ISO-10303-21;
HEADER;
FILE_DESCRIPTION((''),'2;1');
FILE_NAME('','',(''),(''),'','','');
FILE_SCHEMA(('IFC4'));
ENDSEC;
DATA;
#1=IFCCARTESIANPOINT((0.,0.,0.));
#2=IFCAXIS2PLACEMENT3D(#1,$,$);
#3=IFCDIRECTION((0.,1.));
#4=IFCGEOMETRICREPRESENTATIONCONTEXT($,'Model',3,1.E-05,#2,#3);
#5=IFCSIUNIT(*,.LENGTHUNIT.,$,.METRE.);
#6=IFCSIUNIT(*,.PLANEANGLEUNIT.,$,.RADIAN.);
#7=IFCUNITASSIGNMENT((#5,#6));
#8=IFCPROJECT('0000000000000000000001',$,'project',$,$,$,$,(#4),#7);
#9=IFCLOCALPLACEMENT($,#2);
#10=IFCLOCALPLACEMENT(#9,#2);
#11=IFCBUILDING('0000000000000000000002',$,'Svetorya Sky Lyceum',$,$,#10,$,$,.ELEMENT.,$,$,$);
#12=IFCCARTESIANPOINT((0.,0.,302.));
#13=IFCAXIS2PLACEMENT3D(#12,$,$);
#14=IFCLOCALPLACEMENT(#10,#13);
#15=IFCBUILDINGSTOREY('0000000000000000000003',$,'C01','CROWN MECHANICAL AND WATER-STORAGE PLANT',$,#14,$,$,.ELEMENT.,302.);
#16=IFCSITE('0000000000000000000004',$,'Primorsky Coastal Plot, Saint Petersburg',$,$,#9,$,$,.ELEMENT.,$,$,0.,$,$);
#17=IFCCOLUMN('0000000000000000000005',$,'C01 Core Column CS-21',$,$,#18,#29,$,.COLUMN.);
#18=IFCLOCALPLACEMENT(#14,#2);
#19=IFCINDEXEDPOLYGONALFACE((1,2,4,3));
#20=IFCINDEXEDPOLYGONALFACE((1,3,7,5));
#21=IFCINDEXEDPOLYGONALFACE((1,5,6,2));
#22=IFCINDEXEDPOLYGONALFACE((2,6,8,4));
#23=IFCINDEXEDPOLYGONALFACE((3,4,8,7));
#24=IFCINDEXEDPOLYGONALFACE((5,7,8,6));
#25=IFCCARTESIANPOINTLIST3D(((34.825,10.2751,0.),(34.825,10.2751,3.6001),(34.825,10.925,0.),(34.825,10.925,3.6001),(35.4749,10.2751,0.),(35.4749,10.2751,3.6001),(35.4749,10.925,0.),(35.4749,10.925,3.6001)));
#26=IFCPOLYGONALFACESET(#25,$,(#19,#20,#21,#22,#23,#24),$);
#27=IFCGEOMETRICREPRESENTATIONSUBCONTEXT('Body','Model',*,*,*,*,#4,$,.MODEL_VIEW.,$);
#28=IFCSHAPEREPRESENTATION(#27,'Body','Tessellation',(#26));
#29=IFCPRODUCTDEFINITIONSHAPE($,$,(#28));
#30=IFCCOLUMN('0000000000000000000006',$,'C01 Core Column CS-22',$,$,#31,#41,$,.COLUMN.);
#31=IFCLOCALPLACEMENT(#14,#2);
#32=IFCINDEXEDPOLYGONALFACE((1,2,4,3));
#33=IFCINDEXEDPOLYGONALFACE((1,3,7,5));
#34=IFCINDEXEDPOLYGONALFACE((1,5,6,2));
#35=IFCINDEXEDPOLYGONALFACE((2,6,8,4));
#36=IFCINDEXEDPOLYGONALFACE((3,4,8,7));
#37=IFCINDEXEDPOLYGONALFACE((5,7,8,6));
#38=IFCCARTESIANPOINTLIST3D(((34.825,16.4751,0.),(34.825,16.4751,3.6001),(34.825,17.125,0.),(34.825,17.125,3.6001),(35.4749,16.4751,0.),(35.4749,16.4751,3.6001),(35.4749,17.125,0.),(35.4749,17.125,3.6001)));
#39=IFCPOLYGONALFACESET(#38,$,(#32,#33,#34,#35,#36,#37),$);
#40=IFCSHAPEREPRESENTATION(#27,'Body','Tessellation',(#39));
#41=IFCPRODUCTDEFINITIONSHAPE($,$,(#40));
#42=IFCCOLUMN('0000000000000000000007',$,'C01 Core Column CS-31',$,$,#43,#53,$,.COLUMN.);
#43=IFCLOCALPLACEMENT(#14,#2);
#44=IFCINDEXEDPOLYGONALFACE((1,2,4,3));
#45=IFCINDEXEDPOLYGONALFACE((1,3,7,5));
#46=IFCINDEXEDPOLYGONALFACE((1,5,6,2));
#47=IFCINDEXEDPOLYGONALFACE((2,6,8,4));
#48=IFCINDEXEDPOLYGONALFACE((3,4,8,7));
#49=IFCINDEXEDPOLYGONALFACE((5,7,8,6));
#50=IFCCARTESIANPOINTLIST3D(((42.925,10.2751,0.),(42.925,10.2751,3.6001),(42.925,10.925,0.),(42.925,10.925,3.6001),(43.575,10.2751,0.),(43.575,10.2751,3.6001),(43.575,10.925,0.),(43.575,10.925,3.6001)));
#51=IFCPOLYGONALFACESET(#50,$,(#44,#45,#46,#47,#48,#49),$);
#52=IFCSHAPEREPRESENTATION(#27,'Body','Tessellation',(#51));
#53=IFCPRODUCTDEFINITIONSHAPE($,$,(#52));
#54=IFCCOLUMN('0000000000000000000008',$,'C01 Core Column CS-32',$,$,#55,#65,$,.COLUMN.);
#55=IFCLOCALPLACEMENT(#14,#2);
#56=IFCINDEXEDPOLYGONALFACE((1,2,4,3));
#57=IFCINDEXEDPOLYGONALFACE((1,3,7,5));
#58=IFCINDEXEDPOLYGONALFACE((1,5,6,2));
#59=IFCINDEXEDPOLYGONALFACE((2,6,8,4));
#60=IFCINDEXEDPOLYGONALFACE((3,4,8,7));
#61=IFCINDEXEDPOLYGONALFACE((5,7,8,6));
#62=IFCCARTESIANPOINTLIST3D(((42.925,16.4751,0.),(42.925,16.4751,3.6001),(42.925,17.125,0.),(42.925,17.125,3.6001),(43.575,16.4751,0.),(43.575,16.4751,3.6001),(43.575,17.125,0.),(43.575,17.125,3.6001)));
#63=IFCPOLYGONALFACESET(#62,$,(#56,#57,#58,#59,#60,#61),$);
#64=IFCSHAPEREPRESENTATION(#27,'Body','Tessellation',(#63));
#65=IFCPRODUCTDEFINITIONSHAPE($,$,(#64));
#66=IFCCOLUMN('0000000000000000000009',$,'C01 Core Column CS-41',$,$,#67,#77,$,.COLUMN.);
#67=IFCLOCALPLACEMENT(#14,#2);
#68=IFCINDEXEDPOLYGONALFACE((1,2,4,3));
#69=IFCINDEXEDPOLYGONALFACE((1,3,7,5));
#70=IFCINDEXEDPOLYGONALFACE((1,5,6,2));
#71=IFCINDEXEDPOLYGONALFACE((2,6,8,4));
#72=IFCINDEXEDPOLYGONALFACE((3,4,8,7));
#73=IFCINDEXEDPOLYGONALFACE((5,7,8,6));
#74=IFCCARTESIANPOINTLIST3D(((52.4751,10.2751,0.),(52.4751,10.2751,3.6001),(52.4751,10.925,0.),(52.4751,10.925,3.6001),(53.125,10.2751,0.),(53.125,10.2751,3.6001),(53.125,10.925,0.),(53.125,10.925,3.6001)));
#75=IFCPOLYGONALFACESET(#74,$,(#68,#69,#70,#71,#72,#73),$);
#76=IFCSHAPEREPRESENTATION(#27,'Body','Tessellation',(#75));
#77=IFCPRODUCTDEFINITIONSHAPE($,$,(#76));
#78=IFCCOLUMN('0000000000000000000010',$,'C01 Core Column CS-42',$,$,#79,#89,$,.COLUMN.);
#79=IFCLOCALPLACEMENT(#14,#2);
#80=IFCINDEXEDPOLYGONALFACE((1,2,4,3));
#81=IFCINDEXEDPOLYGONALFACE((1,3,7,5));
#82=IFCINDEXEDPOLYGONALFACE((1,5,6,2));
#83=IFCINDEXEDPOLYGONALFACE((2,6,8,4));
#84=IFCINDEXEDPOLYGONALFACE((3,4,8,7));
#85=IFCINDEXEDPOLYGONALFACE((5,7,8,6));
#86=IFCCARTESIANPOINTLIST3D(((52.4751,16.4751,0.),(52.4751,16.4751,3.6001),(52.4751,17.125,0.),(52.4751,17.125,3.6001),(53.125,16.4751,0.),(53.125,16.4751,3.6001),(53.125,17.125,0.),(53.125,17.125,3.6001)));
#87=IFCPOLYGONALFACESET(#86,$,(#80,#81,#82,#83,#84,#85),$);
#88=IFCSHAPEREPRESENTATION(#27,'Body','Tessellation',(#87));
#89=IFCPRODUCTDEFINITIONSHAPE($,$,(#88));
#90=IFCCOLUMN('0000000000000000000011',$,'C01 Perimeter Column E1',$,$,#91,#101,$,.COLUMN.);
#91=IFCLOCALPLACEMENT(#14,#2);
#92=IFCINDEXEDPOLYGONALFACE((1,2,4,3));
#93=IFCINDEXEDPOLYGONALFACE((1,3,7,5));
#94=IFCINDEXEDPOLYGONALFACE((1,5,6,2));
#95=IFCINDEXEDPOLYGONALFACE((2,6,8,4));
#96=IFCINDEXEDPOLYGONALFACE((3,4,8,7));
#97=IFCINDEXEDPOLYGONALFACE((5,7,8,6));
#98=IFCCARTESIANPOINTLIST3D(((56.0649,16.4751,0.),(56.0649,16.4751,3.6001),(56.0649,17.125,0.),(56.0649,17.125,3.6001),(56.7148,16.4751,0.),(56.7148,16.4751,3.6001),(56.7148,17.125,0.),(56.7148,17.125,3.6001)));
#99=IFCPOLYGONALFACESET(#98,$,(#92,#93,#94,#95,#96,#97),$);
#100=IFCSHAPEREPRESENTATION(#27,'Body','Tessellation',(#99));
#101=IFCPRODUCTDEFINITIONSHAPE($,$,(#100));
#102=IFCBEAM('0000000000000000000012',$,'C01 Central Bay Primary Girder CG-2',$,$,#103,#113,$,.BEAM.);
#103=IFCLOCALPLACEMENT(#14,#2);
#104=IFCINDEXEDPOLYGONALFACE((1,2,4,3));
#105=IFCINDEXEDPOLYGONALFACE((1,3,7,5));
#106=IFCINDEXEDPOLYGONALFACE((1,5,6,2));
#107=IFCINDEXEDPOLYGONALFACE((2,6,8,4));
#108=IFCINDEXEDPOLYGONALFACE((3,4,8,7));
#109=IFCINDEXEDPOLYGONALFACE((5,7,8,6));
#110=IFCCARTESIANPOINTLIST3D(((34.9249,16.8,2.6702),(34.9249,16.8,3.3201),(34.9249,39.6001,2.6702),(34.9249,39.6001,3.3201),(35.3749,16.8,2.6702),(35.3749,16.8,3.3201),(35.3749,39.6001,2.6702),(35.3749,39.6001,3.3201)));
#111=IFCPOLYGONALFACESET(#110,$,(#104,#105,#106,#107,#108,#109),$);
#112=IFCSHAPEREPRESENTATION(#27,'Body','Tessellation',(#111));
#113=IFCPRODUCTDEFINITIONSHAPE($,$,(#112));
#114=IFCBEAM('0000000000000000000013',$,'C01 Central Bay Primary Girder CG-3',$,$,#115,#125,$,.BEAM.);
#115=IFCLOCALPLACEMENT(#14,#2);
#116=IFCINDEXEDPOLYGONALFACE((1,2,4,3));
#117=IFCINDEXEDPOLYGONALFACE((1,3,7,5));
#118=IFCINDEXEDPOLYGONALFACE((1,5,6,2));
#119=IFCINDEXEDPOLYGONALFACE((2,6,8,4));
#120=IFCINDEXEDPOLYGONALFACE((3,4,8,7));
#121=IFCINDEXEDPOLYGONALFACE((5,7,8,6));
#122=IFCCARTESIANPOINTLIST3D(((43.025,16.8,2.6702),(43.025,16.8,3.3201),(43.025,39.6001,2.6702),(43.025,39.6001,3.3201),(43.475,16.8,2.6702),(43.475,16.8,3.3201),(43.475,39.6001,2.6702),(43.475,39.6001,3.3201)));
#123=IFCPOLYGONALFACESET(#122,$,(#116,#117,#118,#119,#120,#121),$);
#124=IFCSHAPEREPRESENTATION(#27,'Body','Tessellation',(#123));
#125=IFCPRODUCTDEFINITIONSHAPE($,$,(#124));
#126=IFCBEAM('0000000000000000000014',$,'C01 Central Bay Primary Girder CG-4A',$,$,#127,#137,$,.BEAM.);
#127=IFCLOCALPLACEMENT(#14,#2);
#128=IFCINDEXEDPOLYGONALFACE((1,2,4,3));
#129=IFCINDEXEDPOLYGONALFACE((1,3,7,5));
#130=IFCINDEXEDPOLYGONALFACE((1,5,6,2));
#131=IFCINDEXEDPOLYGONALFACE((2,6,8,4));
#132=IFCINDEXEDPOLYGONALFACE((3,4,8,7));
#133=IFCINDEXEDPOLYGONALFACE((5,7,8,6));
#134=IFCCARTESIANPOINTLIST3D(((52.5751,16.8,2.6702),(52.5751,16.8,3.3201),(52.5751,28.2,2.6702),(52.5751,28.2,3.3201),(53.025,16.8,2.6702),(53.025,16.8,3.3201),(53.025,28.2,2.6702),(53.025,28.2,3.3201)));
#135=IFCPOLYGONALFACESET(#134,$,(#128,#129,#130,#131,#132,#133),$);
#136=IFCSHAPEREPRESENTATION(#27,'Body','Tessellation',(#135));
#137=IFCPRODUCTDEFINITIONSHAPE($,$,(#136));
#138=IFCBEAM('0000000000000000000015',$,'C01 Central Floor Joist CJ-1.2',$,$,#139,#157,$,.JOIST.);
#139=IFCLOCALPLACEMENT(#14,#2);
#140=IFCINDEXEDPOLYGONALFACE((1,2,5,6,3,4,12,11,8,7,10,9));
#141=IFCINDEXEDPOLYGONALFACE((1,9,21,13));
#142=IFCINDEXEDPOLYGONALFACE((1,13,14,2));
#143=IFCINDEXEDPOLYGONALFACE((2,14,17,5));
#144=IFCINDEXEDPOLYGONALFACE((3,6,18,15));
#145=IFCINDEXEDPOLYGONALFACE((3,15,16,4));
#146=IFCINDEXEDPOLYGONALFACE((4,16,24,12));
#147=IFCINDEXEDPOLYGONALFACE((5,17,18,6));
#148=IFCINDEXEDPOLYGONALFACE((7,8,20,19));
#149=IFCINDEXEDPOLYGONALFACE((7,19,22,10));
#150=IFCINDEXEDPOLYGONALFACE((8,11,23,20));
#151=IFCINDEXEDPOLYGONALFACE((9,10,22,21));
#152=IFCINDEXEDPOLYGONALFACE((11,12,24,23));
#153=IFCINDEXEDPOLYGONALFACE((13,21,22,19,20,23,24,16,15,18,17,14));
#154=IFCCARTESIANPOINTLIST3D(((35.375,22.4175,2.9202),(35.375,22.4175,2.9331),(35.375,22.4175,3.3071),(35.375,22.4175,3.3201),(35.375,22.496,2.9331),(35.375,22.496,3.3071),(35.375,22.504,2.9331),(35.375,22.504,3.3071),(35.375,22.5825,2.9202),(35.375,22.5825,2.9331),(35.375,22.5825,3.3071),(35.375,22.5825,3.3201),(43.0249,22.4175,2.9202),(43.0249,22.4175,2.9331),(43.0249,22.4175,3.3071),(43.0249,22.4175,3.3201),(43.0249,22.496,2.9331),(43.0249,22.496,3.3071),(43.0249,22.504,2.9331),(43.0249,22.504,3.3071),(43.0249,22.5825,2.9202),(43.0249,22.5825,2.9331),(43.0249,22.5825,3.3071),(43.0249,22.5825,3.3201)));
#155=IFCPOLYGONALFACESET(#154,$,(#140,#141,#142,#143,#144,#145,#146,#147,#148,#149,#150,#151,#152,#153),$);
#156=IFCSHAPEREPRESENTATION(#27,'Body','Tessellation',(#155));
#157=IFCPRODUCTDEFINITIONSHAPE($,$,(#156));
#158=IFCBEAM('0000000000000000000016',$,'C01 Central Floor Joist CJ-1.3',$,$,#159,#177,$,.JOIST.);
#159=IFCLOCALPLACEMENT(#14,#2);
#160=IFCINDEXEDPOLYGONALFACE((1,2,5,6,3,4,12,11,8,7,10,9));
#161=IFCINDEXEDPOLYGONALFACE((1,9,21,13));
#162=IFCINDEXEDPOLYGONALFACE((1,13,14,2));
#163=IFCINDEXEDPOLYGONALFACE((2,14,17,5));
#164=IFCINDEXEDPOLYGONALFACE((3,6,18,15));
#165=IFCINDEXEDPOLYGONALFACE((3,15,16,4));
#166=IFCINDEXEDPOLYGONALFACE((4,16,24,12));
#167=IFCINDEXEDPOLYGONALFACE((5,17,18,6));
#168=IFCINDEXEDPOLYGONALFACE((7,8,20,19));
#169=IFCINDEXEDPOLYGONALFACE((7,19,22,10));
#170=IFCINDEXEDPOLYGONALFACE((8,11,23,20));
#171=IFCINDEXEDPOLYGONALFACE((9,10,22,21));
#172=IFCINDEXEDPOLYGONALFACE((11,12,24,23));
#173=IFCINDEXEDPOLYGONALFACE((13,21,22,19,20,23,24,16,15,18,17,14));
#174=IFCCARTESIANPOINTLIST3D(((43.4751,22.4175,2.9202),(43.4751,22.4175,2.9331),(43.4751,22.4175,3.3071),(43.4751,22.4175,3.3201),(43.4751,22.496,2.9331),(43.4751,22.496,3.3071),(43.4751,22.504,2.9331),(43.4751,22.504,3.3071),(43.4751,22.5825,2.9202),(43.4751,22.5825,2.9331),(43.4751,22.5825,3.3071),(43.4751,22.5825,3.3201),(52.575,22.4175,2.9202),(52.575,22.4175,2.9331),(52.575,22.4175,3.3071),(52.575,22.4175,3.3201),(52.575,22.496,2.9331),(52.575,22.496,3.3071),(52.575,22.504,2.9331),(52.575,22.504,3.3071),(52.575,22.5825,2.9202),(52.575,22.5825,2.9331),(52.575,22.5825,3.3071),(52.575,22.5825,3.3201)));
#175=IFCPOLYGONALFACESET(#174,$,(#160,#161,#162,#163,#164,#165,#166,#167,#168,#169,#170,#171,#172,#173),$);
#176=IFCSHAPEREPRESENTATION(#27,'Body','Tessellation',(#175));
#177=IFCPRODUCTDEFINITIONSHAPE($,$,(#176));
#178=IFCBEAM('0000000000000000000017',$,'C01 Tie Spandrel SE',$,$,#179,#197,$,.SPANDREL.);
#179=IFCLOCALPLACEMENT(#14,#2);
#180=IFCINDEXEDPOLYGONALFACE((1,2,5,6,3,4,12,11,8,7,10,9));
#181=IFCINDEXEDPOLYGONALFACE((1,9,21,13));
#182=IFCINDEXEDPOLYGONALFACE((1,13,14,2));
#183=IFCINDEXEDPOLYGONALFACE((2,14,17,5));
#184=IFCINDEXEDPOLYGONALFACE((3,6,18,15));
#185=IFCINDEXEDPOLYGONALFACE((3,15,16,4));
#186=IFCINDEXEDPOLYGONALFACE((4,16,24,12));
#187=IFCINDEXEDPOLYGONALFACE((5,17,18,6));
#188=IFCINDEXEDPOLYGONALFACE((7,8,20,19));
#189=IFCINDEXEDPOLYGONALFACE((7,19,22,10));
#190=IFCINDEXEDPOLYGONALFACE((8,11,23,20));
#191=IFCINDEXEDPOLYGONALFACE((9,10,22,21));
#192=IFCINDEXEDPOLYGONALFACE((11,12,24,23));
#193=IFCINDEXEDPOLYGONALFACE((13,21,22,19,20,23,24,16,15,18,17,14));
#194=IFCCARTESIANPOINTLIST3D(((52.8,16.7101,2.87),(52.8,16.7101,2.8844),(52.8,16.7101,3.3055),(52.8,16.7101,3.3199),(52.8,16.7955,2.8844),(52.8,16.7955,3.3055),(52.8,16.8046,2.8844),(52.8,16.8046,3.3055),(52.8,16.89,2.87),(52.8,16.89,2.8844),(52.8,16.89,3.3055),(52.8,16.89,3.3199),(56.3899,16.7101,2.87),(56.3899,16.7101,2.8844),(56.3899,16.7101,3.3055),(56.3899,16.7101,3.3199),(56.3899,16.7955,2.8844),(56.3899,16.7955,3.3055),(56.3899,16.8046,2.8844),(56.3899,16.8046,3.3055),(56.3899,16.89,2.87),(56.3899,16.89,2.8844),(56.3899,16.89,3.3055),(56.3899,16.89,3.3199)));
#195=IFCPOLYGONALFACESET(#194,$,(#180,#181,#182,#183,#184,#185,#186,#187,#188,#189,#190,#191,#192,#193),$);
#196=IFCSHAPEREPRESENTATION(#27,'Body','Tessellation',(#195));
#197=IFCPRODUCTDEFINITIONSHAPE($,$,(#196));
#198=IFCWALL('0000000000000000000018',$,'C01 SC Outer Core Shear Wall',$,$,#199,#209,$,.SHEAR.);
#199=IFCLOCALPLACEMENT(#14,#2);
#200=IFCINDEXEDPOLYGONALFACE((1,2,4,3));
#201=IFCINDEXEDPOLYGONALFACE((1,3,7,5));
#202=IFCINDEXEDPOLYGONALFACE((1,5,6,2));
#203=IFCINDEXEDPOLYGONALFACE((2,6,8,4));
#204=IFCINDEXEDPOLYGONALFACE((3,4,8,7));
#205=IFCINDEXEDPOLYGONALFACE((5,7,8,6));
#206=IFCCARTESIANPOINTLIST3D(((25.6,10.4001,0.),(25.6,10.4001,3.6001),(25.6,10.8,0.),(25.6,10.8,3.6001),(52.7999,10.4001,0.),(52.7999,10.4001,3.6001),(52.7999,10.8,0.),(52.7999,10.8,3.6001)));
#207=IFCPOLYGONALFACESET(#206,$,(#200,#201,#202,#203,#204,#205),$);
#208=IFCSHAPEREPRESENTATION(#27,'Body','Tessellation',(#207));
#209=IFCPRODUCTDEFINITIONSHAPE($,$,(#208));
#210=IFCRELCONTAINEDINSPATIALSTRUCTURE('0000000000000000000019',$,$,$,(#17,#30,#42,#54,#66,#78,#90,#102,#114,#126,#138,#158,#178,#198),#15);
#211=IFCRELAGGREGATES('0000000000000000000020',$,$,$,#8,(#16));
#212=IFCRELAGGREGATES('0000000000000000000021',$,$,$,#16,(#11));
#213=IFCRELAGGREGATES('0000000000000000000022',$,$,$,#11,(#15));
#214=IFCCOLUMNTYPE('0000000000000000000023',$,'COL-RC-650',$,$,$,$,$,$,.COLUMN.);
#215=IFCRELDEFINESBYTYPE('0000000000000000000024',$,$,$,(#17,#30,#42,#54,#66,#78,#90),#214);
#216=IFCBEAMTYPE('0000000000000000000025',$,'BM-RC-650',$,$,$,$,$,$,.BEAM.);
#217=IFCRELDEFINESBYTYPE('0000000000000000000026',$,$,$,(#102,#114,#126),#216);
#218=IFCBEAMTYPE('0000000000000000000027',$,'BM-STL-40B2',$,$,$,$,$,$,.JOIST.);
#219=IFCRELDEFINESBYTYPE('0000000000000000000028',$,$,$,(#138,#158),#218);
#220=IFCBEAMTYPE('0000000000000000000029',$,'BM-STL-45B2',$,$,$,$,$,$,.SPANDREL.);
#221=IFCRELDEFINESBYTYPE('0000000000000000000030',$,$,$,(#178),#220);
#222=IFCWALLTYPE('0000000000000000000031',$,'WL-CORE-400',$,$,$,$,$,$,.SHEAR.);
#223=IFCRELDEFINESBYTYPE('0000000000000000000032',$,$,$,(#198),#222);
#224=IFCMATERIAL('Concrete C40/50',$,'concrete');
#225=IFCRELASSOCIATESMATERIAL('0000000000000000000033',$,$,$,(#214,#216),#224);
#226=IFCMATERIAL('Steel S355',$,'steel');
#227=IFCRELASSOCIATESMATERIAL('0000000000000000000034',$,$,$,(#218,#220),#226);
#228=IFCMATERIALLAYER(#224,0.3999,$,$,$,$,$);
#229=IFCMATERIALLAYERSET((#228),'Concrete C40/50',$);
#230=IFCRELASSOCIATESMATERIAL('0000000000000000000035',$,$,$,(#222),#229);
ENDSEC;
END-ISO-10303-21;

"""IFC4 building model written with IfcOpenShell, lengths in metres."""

from ifc_helpers import new_model, si_unit, direction, frame, frame_2d, origin, origin_2d, place, context, subcontext, project, spatial, rectangle, i_section, extrude, material, layer, layer_set, material_profile, profile_set, type_object, element, save


model = new_model("IFC4")

# Units and contexts
model_context = context("Model", 3, precision=1e-05, world=origin(), true_north=direction((0.0, 1.0)))
body_context = subcontext(model_context, "Body", "Model", "MODEL_VIEW")
ifc_project = project(units=[si_unit("LENGTHUNIT", "METRE"), si_unit("PLANEANGLEUNIT", "RADIAN")], contexts=[model_context])

# Site, building, storey
site_placement = place(None, origin())
site = spatial("IfcSite", under=ifc_project, at=site_placement, Name="Primorsky Coastal Plot, Saint Petersburg", CompositionType="ELEMENT", RefElevation=0.0)
building_placement = place(site_placement, origin())
building = spatial("IfcBuilding", under=site, at=building_placement, Name="Svetorya Sky Lyceum", CompositionType="ELEMENT")
storey_placement = place(building_placement, frame((0.0, 0.0, 302.0)))
storey = spatial("IfcBuildingStorey", under=building, at=storey_placement, Name="C01", Description="CROWN MECHANICAL AND WATER-STORAGE PLANT", CompositionType="ELEMENT", Elevation=302.0)

# Columns
ifc_material_1 = material(Name="Concrete C40/50", Category="concrete")
ifc_material_profile_1 = material_profile(ifc_material_1, rectangle(XDim=0.6499, YDim=0.6499, at=origin_2d()), Name="RC COL 650x650")
ifc_profile_set_1 = profile_set([ifc_material_profile_1], Name="Concrete C40/50")
column_type = type_object("IfcColumnType", Name="COL-RC-650", PredefinedType="COLUMN", material=ifc_profile_set_1)
for number, where, z_axis, x_axis, name in (
    (1, (35.1499, 10.6001, 0.0), (0.0, 0.0, 1.0), (1.0, 0.0, 0.0), "C01 Core Column CS-21"),
    (2, (35.1499, 16.8, 0.0), (0.0, 0.0, 1.0), (1.0, 0.0, 0.0), "C01 Core Column CS-22"),
    (3, (43.25, 10.6001, 0.0), (0.0, 0.0, 1.0), (1.0, 0.0, 0.0), "C01 Core Column CS-31"),
    (4, (43.25, 16.8, 0.0), (0.0, 0.0, 1.0), (1.0, 0.0, 0.0), "C01 Core Column CS-32"),
    (5, (52.8, 10.6001, 0.0), (0.0, 0.0, 1.0), (1.0, 0.0, 0.0), "C01 Core Column CS-41"),
    (6, (52.8, 16.8, 0.0), (0.0, 0.0, 1.0), (1.0, 0.0, 0.0), "C01 Core Column CS-42"),
    (7, (56.3899, 16.8, 0.0), (0.0, 0.0, 1.0), (1.0, 0.0, 0.0), "C01 Perimeter Column E1"),
):
    element("IfcColumn", number, at=place(storey_placement, frame(where, z_axis=z_axis, x_axis=x_axis)), inside=storey, type_object=column_type, Name=name, PredefinedType="COLUMN", context=body_context, shape_type="SweptSolid", body=[
        extrude(rectangle(XDim=0.6499, YDim=0.6499, at=origin_2d()), origin(), (0.0, 0.0, 1.0), 3.6001),
    ])

# Beams
ifc_material_profile_2 = material_profile(ifc_material_1, rectangle(XDim=0.45, YDim=0.6499, at=origin_2d()), Name="RC BEAM 450x650")
ifc_profile_set_2 = profile_set([ifc_material_profile_2], Name="Concrete C40/50")
beam_type_1 = type_object("IfcBeamType", Name="BM-RC-650", PredefinedType="BEAM", material=ifc_profile_set_2)
for number, where, z_axis, x_axis, name in (
    (8, (35.1499, 16.8, 2.9951), (0.0, 1.0, 0.0), (-1.0, 0.0, 0.0), "C01 Central Bay Primary Girder CG-2"),
    (9, (43.25, 16.8, 2.9951), (0.0, 1.0, 0.0), (-1.0, 0.0, 0.0), "C01 Central Bay Primary Girder CG-3"),
):
    element("IfcBeam", number, at=place(storey_placement, frame(where, z_axis=z_axis, x_axis=x_axis)), inside=storey, type_object=beam_type_1, Name=name, PredefinedType="BEAM", context=body_context, shape_type="SweptSolid", body=[
        extrude(rectangle(XDim=0.45, YDim=0.6499, at=origin_2d()), origin(), (0.0, 0.0, 1.0), 22.8),
    ])
beam_1_placement = place(storey_placement, frame((52.8, 16.8, 2.9951), z_axis=(0.0, 1.0, 0.0), x_axis=(-1.0, 0.0, 0.0)))
element("IfcBeam", 10, at=beam_1_placement, inside=storey, type_object=beam_type_1, Name="C01 Central Bay Primary Girder CG-4A", PredefinedType="BEAM", context=body_context, shape_type="SweptSolid", body=[
    extrude(rectangle(XDim=0.45, YDim=0.6499, at=origin_2d()), origin(), (0.0, 0.0, 1.0), 11.3999),
])
ifc_material_2 = material(Name="Steel S355", Category="steel")
ifc_material_profile_3 = material_profile(ifc_material_2, i_section(OverallWidth=0.165, OverallDepth=0.3999, WebThickness=0.0081, FlangeThickness=0.0129, at=origin_2d()), Name="GOST 40B2")
ifc_profile_set_3 = profile_set([ifc_material_profile_3], Name="Steel S355")
beam_type_2 = type_object("IfcBeamType", Name="BM-STL-40B2", PredefinedType="JOIST", material=ifc_profile_set_3)
beam_2_placement = place(storey_placement, frame((35.375, 22.5, 3.1201), z_axis=(1.0, 0.0, 0.0), x_axis=(0.0, 1.0, 0.0)))
element("IfcBeam", 11, at=beam_2_placement, inside=storey, type_object=beam_type_2, Name="C01 Central Floor Joist CJ-1.2", PredefinedType="JOIST", context=body_context, shape_type="SweptSolid", body=[
    extrude(i_section(OverallWidth=0.165, OverallDepth=0.3999, WebThickness=0.0081, FlangeThickness=0.0129, at=origin_2d()), origin(), (0.0, 0.0, 1.0), 7.6499),
])
beam_3_placement = place(storey_placement, frame((43.4751, 22.5, 3.1201), z_axis=(1.0, 0.0, 0.0), x_axis=(0.0, 1.0, 0.0)))
element("IfcBeam", 12, at=beam_3_placement, inside=storey, type_object=beam_type_2, Name="C01 Central Floor Joist CJ-1.3", PredefinedType="JOIST", context=body_context, shape_type="SweptSolid", body=[
    extrude(i_section(OverallWidth=0.165, OverallDepth=0.3999, WebThickness=0.0081, FlangeThickness=0.0129, at=origin_2d()), origin(), (0.0, 0.0, 1.0), 9.0999),
])
ifc_material_profile_4 = material_profile(ifc_material_2, i_section(OverallWidth=0.1799, OverallDepth=0.45, WebThickness=0.009, FlangeThickness=0.0144, at=origin_2d()), Name="GOST 45B2")
ifc_profile_set_4 = profile_set([ifc_material_profile_4], Name="Steel S355")
beam_type_3 = type_object("IfcBeamType", Name="BM-STL-45B2", PredefinedType="SPANDREL", material=ifc_profile_set_4)
beam_4_placement = place(storey_placement, frame((52.8, 16.8, 3.095), z_axis=(1.0, 0.0, 0.0), x_axis=(0.0, 1.0, 0.0)))
element("IfcBeam", 13, at=beam_4_placement, inside=storey, type_object=beam_type_3, Name="C01 Tie Spandrel SE", PredefinedType="SPANDREL", context=body_context, shape_type="SweptSolid", body=[
    extrude(i_section(OverallWidth=0.1799, OverallDepth=0.45, WebThickness=0.009, FlangeThickness=0.0144, at=origin_2d()), origin(), (0.0, 0.0, 1.0), 3.5898),
])

# Wall
ifc_layer_1 = layer(ifc_material_1, 0.3999)
ifc_layer_set_1 = layer_set([ifc_layer_1], Name="Concrete C40/50")
wall_type_1 = type_object("IfcWallType", Name="WL-CORE-400", PredefinedType="SHEAR", material=ifc_layer_set_1)
wall_1_placement = place(storey_placement, frame((52.8, 10.6001, 0.0), z_axis=(0.0, 0.0, 1.0), x_axis=(-1.0, 0.0, 0.0)))
element("IfcWall", 14, at=wall_1_placement, inside=storey, type_object=wall_type_1, Name="C01 SC Outer Core Shear Wall", PredefinedType="SHEAR", context=body_context, shape_type="SweptSolid", body=[
    extrude(rectangle(XDim=27.2, YDim=0.3999, at=frame_2d((13.6001, 0.0))), origin(), (0.0, 0.0, 1.0), 3.6001),
])

save(model, "model.ifc")
